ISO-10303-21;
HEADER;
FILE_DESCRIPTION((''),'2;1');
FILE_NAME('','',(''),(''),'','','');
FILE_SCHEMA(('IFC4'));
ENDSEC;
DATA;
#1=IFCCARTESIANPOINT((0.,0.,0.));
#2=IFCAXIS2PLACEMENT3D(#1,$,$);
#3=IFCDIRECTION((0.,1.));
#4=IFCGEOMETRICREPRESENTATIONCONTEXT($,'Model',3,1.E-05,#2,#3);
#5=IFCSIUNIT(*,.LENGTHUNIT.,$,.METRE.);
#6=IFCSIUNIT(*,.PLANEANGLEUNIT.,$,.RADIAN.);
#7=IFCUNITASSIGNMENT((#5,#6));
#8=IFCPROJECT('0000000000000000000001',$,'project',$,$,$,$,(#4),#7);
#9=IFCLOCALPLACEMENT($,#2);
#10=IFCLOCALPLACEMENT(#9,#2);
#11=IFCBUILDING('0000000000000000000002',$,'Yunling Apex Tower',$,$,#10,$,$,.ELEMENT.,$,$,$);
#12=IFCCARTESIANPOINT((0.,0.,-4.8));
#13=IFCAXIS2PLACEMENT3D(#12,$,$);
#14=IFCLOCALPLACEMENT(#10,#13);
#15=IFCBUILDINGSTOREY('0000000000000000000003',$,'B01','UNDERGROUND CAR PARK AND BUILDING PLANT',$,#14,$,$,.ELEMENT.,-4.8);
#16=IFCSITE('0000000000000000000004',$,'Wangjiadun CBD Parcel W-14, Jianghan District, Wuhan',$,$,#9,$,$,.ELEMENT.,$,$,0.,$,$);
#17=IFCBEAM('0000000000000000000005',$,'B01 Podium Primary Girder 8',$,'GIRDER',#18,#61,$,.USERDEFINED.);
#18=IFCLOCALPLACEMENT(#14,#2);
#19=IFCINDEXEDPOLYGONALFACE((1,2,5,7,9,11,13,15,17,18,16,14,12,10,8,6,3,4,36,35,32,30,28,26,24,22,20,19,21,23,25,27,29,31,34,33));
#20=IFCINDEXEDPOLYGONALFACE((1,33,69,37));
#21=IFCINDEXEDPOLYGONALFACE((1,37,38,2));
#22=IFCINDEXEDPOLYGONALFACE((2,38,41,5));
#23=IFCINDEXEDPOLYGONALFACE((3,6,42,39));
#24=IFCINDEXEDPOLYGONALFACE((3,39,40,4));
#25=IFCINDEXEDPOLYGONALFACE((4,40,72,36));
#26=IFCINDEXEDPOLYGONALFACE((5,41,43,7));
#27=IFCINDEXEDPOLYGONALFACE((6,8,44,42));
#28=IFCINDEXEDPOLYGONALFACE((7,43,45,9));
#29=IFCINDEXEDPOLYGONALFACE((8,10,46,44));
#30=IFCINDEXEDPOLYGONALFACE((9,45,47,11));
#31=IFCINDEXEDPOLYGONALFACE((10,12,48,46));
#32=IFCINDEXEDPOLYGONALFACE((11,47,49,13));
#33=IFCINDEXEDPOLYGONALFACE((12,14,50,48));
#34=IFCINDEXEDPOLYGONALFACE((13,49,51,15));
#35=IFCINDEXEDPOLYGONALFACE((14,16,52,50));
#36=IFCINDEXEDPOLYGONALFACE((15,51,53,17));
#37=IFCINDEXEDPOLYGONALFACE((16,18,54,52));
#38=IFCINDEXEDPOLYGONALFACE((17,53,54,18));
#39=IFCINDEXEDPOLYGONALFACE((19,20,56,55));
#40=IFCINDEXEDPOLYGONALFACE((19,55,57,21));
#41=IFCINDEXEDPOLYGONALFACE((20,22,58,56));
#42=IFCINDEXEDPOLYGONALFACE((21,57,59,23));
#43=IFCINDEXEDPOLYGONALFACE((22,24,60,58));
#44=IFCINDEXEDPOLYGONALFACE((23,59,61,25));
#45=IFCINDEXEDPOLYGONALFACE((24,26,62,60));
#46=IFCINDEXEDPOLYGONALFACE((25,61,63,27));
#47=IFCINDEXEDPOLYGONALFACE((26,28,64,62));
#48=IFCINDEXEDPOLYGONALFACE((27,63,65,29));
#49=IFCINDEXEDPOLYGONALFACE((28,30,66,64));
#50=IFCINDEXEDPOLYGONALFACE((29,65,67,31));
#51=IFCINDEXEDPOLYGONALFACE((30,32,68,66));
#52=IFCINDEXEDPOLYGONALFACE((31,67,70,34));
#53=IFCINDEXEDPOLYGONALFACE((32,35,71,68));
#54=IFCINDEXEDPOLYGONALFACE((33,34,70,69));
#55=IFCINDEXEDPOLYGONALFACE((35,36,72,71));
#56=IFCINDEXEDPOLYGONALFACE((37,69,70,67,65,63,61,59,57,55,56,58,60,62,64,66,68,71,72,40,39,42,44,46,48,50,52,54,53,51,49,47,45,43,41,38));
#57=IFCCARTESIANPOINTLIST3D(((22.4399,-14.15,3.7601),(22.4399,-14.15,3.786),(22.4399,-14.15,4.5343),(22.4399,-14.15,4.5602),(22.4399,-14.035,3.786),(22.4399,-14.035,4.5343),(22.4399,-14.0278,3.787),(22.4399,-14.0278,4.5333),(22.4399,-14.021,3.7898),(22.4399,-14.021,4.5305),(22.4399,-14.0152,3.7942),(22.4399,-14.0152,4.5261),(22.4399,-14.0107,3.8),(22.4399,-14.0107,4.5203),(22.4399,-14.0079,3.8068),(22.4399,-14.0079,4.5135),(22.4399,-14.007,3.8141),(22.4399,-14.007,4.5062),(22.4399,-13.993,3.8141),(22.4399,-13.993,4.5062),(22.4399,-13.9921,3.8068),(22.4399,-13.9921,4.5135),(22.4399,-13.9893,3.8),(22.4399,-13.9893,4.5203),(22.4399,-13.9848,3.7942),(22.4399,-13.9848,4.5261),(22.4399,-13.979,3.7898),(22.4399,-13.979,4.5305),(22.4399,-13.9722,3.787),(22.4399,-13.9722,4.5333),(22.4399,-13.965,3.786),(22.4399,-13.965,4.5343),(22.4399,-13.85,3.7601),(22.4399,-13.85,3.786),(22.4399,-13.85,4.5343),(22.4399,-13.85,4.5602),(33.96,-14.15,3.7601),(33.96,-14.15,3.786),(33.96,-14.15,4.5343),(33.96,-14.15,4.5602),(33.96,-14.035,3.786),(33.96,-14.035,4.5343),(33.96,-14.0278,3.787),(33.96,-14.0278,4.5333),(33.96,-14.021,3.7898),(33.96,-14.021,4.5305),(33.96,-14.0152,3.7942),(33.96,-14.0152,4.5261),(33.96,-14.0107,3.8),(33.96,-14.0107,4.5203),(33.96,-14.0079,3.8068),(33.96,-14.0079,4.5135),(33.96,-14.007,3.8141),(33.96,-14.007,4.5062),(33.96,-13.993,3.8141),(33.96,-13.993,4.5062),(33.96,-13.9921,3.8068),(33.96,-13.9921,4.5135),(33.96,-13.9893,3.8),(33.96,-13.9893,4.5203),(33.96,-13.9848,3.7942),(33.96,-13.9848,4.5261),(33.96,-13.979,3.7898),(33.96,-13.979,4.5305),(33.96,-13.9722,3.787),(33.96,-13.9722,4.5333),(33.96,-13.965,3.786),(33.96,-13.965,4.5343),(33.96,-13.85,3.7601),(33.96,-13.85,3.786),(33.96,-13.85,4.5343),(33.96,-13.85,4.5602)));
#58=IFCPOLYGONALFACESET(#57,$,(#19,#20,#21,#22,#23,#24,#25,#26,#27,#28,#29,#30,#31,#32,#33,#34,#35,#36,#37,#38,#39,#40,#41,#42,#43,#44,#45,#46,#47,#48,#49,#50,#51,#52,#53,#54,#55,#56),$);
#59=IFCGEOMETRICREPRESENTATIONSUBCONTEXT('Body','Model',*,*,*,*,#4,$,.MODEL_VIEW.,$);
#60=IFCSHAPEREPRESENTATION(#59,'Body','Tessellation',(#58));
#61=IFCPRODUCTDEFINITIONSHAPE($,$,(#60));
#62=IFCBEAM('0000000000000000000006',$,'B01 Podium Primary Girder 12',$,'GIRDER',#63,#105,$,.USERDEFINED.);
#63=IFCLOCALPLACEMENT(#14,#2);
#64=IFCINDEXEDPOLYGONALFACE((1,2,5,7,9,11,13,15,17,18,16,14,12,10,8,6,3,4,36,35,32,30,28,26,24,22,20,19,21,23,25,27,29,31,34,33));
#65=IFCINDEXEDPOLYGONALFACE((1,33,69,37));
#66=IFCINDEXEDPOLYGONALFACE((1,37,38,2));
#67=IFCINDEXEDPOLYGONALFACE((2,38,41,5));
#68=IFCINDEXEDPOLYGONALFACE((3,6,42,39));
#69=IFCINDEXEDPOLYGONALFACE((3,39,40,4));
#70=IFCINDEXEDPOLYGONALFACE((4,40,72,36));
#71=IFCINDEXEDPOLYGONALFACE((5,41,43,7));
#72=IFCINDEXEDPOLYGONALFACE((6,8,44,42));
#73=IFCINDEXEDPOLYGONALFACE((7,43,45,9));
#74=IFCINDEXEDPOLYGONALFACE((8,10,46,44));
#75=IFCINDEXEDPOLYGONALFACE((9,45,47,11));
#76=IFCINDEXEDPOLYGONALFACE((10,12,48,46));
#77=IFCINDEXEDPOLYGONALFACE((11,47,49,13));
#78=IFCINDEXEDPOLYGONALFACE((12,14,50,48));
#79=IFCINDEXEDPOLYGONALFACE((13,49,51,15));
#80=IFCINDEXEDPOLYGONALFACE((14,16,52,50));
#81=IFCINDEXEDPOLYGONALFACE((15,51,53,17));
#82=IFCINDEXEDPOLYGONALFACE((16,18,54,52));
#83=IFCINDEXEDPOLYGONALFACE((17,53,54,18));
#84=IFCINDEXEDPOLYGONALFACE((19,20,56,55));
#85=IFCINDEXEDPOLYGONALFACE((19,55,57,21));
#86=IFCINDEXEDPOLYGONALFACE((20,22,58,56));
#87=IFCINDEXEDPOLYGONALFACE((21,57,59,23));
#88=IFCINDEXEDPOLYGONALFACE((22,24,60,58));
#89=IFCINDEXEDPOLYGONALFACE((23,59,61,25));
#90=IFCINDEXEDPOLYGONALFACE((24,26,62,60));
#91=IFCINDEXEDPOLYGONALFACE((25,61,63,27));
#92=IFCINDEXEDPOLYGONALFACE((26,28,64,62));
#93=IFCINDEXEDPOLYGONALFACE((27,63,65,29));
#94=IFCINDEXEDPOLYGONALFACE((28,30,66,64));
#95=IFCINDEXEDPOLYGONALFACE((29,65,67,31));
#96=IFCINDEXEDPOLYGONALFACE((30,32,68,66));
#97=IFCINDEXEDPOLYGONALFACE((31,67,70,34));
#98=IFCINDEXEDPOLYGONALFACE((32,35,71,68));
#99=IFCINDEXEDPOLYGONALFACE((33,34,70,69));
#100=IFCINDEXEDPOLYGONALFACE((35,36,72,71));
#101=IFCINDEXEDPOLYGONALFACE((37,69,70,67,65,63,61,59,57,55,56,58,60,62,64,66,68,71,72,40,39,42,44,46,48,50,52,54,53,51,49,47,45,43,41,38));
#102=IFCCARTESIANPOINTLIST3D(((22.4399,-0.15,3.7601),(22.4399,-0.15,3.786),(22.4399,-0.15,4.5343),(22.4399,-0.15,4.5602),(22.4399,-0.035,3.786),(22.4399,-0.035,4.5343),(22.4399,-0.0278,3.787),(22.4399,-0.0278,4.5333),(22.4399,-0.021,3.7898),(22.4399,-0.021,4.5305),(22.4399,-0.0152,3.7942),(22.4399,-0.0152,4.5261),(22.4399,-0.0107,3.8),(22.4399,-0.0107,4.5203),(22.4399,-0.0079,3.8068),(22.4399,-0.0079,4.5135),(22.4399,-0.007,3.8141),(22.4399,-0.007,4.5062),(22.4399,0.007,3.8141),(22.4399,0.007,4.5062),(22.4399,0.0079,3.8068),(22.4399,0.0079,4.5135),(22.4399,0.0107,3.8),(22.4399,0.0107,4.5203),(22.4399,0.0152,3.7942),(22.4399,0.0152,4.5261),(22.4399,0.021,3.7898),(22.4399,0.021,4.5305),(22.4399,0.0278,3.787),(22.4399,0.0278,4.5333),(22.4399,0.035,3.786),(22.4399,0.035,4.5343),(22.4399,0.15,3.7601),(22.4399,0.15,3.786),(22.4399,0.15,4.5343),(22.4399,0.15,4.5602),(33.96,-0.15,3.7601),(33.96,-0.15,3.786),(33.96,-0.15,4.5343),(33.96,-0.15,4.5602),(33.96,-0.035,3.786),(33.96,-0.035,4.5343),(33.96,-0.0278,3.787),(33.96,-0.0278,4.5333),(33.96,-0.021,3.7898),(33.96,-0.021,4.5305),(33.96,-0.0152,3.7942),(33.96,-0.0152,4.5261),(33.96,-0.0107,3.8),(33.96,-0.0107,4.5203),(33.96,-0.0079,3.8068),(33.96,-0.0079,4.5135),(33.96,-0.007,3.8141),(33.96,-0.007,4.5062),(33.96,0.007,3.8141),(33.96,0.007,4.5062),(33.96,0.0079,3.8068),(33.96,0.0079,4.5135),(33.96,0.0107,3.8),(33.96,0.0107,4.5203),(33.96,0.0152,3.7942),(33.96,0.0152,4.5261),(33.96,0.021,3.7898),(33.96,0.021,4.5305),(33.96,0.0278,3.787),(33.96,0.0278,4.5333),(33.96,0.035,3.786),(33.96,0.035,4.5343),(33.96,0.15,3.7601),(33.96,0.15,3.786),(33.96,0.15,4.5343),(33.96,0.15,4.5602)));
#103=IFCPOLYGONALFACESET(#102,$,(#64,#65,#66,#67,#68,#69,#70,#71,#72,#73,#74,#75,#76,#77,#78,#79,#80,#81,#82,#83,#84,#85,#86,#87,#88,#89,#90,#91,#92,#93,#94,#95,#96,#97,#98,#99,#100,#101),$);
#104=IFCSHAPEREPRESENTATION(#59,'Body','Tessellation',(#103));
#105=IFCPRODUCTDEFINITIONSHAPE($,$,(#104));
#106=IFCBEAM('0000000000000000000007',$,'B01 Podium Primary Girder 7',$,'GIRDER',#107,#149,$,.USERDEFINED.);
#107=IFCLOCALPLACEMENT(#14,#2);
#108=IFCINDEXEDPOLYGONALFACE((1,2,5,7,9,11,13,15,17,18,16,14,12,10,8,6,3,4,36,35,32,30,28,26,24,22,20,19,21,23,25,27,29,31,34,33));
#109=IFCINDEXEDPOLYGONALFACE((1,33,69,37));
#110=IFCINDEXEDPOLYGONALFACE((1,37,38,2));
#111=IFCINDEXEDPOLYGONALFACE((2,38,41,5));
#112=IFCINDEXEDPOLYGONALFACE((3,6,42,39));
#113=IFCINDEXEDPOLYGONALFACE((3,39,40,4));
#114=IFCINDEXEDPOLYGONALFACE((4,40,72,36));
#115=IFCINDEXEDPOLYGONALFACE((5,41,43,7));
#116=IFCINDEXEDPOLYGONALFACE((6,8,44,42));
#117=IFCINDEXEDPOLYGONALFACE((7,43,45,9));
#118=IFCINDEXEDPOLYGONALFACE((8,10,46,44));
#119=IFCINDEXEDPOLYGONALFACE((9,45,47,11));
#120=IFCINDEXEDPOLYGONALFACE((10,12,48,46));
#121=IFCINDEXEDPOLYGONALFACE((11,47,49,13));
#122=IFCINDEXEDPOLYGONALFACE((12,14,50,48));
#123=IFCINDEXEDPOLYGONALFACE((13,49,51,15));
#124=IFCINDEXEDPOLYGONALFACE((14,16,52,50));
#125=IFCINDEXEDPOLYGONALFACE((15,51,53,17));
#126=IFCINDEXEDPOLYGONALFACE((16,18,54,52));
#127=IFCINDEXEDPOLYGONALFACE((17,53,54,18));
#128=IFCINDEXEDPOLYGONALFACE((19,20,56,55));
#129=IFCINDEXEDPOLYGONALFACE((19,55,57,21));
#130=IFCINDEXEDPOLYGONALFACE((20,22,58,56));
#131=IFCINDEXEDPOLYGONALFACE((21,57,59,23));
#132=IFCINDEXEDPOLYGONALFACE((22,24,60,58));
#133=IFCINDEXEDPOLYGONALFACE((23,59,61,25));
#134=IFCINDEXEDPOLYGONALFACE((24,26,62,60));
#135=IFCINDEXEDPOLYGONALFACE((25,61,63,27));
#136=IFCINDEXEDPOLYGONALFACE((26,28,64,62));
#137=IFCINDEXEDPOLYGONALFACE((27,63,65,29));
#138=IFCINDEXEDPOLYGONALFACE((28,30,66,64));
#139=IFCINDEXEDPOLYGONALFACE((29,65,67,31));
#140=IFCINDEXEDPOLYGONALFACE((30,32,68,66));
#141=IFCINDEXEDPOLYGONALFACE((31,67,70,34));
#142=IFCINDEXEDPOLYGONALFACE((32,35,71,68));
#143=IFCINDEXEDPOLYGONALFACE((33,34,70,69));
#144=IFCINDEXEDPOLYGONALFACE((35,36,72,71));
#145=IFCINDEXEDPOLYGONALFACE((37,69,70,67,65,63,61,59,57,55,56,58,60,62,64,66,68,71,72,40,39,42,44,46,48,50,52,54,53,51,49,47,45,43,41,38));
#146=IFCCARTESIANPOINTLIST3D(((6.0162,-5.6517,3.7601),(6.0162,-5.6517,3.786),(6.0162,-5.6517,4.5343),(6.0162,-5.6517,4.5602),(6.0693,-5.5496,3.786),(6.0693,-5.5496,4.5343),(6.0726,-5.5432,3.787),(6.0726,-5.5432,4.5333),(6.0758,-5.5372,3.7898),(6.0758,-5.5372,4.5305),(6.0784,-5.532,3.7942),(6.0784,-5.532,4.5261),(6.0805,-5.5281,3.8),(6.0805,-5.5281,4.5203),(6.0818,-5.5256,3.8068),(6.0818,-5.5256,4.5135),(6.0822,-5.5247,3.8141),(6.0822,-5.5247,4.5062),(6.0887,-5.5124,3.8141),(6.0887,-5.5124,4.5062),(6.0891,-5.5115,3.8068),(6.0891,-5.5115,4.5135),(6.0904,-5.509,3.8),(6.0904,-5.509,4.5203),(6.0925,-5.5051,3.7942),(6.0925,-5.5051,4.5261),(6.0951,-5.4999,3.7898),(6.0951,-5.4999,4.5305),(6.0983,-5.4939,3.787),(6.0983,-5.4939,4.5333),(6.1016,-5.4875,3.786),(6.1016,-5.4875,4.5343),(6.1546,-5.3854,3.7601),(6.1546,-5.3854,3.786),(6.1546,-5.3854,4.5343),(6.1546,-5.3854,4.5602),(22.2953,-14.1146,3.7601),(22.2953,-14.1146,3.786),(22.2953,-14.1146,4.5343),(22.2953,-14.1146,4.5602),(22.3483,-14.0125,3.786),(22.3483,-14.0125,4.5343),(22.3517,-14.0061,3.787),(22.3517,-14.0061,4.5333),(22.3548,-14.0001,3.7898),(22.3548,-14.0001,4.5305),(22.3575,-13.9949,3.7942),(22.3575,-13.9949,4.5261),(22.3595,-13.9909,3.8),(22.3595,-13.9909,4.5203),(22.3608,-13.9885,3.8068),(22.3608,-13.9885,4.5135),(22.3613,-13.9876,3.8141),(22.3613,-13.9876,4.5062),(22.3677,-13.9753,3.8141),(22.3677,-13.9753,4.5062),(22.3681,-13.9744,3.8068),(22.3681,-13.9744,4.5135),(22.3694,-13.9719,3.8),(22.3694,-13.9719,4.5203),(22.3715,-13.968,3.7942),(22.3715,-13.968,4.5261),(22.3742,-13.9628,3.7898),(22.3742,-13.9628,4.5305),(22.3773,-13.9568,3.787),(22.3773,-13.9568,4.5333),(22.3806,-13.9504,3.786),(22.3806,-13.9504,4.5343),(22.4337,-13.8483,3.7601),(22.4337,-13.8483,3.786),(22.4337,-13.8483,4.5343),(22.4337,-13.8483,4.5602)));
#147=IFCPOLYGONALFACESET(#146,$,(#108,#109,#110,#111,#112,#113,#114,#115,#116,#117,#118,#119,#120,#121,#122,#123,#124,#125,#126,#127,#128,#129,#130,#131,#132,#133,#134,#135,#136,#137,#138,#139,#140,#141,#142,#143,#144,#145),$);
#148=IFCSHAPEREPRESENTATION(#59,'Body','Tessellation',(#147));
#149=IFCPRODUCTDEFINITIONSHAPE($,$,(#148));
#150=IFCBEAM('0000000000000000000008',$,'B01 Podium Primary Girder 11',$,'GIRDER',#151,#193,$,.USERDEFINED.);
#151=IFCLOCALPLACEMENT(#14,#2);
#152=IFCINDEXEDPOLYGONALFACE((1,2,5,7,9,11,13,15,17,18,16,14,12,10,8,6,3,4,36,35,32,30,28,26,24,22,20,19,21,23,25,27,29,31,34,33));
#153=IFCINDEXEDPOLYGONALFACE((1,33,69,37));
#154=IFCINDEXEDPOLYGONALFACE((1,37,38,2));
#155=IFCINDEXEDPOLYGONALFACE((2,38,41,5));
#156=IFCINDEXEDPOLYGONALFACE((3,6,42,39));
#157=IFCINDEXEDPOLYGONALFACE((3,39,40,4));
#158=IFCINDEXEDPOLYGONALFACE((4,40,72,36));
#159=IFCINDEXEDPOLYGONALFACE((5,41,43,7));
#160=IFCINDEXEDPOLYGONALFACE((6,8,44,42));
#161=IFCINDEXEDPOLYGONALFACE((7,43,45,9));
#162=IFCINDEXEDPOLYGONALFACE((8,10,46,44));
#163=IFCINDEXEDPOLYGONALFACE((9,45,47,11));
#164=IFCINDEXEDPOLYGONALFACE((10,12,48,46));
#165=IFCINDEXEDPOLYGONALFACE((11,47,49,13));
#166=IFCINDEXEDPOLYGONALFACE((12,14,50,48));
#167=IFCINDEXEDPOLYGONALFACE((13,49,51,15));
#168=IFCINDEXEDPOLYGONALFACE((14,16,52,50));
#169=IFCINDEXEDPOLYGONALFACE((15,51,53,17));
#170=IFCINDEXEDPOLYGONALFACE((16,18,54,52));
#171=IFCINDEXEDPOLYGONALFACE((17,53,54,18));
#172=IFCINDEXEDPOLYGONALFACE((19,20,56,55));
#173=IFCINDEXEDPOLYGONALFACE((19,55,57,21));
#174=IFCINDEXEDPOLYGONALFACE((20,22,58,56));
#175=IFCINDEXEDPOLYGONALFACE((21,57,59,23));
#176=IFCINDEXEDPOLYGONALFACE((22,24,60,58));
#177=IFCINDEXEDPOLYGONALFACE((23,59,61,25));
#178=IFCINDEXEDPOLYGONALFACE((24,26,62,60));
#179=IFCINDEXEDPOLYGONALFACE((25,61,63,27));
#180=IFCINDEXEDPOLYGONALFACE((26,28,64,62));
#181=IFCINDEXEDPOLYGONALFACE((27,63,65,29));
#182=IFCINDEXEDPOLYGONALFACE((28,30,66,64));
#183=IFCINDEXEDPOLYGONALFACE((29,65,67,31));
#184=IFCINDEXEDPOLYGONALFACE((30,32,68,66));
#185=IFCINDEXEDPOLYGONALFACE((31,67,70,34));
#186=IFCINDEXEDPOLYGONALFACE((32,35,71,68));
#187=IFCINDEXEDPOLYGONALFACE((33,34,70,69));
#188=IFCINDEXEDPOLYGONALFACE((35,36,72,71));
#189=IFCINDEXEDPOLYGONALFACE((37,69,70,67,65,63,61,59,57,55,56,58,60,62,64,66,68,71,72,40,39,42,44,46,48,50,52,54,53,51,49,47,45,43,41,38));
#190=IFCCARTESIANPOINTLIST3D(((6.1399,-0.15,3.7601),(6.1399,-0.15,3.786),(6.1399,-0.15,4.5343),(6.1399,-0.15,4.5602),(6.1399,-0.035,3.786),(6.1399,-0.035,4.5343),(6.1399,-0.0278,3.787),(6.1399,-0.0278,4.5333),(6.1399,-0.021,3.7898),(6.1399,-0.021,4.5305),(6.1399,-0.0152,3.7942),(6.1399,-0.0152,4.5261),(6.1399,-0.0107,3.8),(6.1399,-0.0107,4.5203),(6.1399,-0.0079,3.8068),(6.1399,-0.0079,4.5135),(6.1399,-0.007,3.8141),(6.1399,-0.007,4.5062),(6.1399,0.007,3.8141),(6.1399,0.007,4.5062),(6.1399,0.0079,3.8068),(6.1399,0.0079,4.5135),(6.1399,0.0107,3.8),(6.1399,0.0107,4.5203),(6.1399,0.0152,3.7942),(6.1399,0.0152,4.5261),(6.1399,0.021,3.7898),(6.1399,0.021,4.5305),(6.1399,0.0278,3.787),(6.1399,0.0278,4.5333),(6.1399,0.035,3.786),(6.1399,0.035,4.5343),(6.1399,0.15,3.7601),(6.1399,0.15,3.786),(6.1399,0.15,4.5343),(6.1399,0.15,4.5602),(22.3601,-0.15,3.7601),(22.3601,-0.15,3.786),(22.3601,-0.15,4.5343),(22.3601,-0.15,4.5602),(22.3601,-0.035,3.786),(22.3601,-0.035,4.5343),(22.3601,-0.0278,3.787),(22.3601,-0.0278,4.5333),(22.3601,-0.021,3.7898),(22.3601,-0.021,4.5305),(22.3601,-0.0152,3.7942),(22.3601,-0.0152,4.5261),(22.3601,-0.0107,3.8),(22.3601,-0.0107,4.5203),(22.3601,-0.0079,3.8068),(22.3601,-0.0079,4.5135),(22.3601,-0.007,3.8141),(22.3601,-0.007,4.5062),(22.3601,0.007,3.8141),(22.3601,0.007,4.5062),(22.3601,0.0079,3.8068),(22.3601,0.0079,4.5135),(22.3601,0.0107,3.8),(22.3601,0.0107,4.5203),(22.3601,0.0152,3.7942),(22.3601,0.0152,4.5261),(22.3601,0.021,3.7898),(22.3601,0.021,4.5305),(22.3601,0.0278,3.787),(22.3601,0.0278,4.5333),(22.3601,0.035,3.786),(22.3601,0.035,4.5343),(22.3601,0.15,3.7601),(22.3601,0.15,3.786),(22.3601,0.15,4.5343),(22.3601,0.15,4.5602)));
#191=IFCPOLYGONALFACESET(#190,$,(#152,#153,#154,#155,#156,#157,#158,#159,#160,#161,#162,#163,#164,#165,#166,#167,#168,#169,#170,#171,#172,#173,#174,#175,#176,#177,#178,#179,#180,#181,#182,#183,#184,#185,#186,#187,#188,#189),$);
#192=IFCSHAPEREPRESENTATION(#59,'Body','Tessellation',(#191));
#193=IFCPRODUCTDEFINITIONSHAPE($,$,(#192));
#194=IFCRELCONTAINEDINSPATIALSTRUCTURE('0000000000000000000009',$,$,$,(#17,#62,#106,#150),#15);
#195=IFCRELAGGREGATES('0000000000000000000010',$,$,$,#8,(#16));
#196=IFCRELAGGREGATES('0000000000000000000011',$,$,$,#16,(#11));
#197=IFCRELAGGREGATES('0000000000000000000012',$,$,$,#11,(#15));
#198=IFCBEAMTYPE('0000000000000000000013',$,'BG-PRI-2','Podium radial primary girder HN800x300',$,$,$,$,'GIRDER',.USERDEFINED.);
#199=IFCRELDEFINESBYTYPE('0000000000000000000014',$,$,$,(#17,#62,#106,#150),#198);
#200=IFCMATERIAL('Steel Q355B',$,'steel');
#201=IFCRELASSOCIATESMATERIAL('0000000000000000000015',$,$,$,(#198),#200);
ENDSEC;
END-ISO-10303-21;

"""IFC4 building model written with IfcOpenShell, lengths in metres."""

from ifc_helpers import new_model, si_unit, direction, frame, origin, origin_2d, place, context, subcontext, project, spatial, i_section, extrude, source, transform, mapped, material, material_profile, profile_set, type_object, element, save


model = new_model("IFC4")

# Units and contexts
model_context = context("Model", 3, precision=1e-05, world=origin(), true_north=direction((0.0, 1.0)))
body_context = subcontext(model_context, "Body", "Model", "MODEL_VIEW")
ifc_project = project(units=[si_unit("LENGTHUNIT", "METRE"), si_unit("PLANEANGLEUNIT", "RADIAN")], contexts=[model_context])

# Site, building, storey
site_placement = place(None, origin())
site = spatial("IfcSite", under=ifc_project, at=site_placement, Name="Wangjiadun CBD Parcel W-14, Jianghan District, Wuhan", CompositionType="ELEMENT", RefElevation=0.0)
building_placement = place(site_placement, origin())
building = spatial("IfcBuilding", under=site, at=building_placement, Name="Yunling Apex Tower", CompositionType="ELEMENT")
storey_placement = place(building_placement, frame((0.0, 0.0, -4.8)))
storey = spatial("IfcBuildingStorey", under=building, at=storey_placement, Name="B01", Description="UNDERGROUND CAR PARK AND BUILDING PLANT", CompositionType="ELEMENT", Elevation=-4.8)

# Beams
ifc_material_1 = material(Name="Steel Q355B", Category="steel")
ifc_material_profile_1 = material_profile(ifc_material_1, i_section(OverallWidth=0.3, OverallDepth=0.8, WebThickness=0.0139, FlangeThickness=0.0259, FilletRadius=0.0281, at=origin_2d()))
ifc_profile_set_1 = profile_set([ifc_material_profile_1], Name="Steel Q355B")
beam_type_1 = type_object("IfcBeamType", Name="BG-PRI-2", Description="Podium radial primary girder HN800x300", ElementType="GIRDER", PredefinedType="USERDEFINED", material=ifc_profile_set_1)
shared_shape_1 = source(origin(), body_context, "Body", "SweptSolid", [
    extrude(i_section(OverallWidth=0.3, OverallDepth=0.8, WebThickness=0.0139, FlangeThickness=0.0259, FilletRadius=0.0281, at=origin_2d()), origin(), (0.0, 0.0, 1.0), 11.52),
])
for number, where, z_axis, x_axis, name in (
    (1, (22.4399, -14.0, 4.1602), (1.0, 0.0, 0.0), (0.0, 1.0, 0.0), "B01 Podium Primary Girder 8"),
    (2, (22.4399, 0.0, 4.1602), (1.0, 0.0, 0.0), (0.0, 1.0, 0.0), "B01 Podium Primary Girder 12"),
):
    element("IfcBeam", number, at=place(storey_placement, frame(where, z_axis=z_axis, x_axis=x_axis)), inside=storey, type_object=beam_type_1, Name=name, ObjectType="GIRDER", PredefinedType="USERDEFINED", context=body_context, shape_type="MappedRepresentation", body=[
        mapped(shared_shape_1, transform((0.0, 0.0, 0.0), scale=1.0)),
    ])
shared_shape_2 = source(origin(), body_context, "Body", "SweptSolid", [
    extrude(i_section(OverallWidth=0.3, OverallDepth=0.8, WebThickness=0.0139, FlangeThickness=0.0259, FilletRadius=0.0281, at=origin_2d()), origin(), (0.0, 0.0, 1.0), 18.3474),
])
beam_1_placement = place(storey_placement, frame((6.0854, -5.5186, 4.1602), z_axis=(0.887266, -0.461258, 0.0), x_axis=(0.461258, 0.887266, 0.0)))
element("IfcBeam", 3, at=beam_1_placement, inside=storey, type_object=beam_type_1, Name="B01 Podium Primary Girder 7", ObjectType="GIRDER", PredefinedType="USERDEFINED", context=body_context, shape_type="MappedRepresentation", body=[
    mapped(shared_shape_2, transform((0.0, 0.0, 0.0), scale=1.0)),
])
shared_shape_3 = source(origin(), body_context, "Body", "SweptSolid", [
    extrude(i_section(OverallWidth=0.3, OverallDepth=0.8, WebThickness=0.0139, FlangeThickness=0.0259, FilletRadius=0.0281, at=origin_2d()), origin(), (0.0, 0.0, 1.0), 16.2202),
])
beam_2_placement = place(storey_placement, frame((6.1399, 0.0, 4.1602), z_axis=(1.0, 0.0, 0.0), x_axis=(0.0, 1.0, 0.0)))
element("IfcBeam", 4, at=beam_2_placement, inside=storey, type_object=beam_type_1, Name="B01 Podium Primary Girder 11", ObjectType="GIRDER", PredefinedType="USERDEFINED", context=body_context, shape_type="MappedRepresentation", body=[
    mapped(shared_shape_3, transform((0.0, 0.0, 0.0), scale=1.0)),
])

save(model, "model.ifc")
